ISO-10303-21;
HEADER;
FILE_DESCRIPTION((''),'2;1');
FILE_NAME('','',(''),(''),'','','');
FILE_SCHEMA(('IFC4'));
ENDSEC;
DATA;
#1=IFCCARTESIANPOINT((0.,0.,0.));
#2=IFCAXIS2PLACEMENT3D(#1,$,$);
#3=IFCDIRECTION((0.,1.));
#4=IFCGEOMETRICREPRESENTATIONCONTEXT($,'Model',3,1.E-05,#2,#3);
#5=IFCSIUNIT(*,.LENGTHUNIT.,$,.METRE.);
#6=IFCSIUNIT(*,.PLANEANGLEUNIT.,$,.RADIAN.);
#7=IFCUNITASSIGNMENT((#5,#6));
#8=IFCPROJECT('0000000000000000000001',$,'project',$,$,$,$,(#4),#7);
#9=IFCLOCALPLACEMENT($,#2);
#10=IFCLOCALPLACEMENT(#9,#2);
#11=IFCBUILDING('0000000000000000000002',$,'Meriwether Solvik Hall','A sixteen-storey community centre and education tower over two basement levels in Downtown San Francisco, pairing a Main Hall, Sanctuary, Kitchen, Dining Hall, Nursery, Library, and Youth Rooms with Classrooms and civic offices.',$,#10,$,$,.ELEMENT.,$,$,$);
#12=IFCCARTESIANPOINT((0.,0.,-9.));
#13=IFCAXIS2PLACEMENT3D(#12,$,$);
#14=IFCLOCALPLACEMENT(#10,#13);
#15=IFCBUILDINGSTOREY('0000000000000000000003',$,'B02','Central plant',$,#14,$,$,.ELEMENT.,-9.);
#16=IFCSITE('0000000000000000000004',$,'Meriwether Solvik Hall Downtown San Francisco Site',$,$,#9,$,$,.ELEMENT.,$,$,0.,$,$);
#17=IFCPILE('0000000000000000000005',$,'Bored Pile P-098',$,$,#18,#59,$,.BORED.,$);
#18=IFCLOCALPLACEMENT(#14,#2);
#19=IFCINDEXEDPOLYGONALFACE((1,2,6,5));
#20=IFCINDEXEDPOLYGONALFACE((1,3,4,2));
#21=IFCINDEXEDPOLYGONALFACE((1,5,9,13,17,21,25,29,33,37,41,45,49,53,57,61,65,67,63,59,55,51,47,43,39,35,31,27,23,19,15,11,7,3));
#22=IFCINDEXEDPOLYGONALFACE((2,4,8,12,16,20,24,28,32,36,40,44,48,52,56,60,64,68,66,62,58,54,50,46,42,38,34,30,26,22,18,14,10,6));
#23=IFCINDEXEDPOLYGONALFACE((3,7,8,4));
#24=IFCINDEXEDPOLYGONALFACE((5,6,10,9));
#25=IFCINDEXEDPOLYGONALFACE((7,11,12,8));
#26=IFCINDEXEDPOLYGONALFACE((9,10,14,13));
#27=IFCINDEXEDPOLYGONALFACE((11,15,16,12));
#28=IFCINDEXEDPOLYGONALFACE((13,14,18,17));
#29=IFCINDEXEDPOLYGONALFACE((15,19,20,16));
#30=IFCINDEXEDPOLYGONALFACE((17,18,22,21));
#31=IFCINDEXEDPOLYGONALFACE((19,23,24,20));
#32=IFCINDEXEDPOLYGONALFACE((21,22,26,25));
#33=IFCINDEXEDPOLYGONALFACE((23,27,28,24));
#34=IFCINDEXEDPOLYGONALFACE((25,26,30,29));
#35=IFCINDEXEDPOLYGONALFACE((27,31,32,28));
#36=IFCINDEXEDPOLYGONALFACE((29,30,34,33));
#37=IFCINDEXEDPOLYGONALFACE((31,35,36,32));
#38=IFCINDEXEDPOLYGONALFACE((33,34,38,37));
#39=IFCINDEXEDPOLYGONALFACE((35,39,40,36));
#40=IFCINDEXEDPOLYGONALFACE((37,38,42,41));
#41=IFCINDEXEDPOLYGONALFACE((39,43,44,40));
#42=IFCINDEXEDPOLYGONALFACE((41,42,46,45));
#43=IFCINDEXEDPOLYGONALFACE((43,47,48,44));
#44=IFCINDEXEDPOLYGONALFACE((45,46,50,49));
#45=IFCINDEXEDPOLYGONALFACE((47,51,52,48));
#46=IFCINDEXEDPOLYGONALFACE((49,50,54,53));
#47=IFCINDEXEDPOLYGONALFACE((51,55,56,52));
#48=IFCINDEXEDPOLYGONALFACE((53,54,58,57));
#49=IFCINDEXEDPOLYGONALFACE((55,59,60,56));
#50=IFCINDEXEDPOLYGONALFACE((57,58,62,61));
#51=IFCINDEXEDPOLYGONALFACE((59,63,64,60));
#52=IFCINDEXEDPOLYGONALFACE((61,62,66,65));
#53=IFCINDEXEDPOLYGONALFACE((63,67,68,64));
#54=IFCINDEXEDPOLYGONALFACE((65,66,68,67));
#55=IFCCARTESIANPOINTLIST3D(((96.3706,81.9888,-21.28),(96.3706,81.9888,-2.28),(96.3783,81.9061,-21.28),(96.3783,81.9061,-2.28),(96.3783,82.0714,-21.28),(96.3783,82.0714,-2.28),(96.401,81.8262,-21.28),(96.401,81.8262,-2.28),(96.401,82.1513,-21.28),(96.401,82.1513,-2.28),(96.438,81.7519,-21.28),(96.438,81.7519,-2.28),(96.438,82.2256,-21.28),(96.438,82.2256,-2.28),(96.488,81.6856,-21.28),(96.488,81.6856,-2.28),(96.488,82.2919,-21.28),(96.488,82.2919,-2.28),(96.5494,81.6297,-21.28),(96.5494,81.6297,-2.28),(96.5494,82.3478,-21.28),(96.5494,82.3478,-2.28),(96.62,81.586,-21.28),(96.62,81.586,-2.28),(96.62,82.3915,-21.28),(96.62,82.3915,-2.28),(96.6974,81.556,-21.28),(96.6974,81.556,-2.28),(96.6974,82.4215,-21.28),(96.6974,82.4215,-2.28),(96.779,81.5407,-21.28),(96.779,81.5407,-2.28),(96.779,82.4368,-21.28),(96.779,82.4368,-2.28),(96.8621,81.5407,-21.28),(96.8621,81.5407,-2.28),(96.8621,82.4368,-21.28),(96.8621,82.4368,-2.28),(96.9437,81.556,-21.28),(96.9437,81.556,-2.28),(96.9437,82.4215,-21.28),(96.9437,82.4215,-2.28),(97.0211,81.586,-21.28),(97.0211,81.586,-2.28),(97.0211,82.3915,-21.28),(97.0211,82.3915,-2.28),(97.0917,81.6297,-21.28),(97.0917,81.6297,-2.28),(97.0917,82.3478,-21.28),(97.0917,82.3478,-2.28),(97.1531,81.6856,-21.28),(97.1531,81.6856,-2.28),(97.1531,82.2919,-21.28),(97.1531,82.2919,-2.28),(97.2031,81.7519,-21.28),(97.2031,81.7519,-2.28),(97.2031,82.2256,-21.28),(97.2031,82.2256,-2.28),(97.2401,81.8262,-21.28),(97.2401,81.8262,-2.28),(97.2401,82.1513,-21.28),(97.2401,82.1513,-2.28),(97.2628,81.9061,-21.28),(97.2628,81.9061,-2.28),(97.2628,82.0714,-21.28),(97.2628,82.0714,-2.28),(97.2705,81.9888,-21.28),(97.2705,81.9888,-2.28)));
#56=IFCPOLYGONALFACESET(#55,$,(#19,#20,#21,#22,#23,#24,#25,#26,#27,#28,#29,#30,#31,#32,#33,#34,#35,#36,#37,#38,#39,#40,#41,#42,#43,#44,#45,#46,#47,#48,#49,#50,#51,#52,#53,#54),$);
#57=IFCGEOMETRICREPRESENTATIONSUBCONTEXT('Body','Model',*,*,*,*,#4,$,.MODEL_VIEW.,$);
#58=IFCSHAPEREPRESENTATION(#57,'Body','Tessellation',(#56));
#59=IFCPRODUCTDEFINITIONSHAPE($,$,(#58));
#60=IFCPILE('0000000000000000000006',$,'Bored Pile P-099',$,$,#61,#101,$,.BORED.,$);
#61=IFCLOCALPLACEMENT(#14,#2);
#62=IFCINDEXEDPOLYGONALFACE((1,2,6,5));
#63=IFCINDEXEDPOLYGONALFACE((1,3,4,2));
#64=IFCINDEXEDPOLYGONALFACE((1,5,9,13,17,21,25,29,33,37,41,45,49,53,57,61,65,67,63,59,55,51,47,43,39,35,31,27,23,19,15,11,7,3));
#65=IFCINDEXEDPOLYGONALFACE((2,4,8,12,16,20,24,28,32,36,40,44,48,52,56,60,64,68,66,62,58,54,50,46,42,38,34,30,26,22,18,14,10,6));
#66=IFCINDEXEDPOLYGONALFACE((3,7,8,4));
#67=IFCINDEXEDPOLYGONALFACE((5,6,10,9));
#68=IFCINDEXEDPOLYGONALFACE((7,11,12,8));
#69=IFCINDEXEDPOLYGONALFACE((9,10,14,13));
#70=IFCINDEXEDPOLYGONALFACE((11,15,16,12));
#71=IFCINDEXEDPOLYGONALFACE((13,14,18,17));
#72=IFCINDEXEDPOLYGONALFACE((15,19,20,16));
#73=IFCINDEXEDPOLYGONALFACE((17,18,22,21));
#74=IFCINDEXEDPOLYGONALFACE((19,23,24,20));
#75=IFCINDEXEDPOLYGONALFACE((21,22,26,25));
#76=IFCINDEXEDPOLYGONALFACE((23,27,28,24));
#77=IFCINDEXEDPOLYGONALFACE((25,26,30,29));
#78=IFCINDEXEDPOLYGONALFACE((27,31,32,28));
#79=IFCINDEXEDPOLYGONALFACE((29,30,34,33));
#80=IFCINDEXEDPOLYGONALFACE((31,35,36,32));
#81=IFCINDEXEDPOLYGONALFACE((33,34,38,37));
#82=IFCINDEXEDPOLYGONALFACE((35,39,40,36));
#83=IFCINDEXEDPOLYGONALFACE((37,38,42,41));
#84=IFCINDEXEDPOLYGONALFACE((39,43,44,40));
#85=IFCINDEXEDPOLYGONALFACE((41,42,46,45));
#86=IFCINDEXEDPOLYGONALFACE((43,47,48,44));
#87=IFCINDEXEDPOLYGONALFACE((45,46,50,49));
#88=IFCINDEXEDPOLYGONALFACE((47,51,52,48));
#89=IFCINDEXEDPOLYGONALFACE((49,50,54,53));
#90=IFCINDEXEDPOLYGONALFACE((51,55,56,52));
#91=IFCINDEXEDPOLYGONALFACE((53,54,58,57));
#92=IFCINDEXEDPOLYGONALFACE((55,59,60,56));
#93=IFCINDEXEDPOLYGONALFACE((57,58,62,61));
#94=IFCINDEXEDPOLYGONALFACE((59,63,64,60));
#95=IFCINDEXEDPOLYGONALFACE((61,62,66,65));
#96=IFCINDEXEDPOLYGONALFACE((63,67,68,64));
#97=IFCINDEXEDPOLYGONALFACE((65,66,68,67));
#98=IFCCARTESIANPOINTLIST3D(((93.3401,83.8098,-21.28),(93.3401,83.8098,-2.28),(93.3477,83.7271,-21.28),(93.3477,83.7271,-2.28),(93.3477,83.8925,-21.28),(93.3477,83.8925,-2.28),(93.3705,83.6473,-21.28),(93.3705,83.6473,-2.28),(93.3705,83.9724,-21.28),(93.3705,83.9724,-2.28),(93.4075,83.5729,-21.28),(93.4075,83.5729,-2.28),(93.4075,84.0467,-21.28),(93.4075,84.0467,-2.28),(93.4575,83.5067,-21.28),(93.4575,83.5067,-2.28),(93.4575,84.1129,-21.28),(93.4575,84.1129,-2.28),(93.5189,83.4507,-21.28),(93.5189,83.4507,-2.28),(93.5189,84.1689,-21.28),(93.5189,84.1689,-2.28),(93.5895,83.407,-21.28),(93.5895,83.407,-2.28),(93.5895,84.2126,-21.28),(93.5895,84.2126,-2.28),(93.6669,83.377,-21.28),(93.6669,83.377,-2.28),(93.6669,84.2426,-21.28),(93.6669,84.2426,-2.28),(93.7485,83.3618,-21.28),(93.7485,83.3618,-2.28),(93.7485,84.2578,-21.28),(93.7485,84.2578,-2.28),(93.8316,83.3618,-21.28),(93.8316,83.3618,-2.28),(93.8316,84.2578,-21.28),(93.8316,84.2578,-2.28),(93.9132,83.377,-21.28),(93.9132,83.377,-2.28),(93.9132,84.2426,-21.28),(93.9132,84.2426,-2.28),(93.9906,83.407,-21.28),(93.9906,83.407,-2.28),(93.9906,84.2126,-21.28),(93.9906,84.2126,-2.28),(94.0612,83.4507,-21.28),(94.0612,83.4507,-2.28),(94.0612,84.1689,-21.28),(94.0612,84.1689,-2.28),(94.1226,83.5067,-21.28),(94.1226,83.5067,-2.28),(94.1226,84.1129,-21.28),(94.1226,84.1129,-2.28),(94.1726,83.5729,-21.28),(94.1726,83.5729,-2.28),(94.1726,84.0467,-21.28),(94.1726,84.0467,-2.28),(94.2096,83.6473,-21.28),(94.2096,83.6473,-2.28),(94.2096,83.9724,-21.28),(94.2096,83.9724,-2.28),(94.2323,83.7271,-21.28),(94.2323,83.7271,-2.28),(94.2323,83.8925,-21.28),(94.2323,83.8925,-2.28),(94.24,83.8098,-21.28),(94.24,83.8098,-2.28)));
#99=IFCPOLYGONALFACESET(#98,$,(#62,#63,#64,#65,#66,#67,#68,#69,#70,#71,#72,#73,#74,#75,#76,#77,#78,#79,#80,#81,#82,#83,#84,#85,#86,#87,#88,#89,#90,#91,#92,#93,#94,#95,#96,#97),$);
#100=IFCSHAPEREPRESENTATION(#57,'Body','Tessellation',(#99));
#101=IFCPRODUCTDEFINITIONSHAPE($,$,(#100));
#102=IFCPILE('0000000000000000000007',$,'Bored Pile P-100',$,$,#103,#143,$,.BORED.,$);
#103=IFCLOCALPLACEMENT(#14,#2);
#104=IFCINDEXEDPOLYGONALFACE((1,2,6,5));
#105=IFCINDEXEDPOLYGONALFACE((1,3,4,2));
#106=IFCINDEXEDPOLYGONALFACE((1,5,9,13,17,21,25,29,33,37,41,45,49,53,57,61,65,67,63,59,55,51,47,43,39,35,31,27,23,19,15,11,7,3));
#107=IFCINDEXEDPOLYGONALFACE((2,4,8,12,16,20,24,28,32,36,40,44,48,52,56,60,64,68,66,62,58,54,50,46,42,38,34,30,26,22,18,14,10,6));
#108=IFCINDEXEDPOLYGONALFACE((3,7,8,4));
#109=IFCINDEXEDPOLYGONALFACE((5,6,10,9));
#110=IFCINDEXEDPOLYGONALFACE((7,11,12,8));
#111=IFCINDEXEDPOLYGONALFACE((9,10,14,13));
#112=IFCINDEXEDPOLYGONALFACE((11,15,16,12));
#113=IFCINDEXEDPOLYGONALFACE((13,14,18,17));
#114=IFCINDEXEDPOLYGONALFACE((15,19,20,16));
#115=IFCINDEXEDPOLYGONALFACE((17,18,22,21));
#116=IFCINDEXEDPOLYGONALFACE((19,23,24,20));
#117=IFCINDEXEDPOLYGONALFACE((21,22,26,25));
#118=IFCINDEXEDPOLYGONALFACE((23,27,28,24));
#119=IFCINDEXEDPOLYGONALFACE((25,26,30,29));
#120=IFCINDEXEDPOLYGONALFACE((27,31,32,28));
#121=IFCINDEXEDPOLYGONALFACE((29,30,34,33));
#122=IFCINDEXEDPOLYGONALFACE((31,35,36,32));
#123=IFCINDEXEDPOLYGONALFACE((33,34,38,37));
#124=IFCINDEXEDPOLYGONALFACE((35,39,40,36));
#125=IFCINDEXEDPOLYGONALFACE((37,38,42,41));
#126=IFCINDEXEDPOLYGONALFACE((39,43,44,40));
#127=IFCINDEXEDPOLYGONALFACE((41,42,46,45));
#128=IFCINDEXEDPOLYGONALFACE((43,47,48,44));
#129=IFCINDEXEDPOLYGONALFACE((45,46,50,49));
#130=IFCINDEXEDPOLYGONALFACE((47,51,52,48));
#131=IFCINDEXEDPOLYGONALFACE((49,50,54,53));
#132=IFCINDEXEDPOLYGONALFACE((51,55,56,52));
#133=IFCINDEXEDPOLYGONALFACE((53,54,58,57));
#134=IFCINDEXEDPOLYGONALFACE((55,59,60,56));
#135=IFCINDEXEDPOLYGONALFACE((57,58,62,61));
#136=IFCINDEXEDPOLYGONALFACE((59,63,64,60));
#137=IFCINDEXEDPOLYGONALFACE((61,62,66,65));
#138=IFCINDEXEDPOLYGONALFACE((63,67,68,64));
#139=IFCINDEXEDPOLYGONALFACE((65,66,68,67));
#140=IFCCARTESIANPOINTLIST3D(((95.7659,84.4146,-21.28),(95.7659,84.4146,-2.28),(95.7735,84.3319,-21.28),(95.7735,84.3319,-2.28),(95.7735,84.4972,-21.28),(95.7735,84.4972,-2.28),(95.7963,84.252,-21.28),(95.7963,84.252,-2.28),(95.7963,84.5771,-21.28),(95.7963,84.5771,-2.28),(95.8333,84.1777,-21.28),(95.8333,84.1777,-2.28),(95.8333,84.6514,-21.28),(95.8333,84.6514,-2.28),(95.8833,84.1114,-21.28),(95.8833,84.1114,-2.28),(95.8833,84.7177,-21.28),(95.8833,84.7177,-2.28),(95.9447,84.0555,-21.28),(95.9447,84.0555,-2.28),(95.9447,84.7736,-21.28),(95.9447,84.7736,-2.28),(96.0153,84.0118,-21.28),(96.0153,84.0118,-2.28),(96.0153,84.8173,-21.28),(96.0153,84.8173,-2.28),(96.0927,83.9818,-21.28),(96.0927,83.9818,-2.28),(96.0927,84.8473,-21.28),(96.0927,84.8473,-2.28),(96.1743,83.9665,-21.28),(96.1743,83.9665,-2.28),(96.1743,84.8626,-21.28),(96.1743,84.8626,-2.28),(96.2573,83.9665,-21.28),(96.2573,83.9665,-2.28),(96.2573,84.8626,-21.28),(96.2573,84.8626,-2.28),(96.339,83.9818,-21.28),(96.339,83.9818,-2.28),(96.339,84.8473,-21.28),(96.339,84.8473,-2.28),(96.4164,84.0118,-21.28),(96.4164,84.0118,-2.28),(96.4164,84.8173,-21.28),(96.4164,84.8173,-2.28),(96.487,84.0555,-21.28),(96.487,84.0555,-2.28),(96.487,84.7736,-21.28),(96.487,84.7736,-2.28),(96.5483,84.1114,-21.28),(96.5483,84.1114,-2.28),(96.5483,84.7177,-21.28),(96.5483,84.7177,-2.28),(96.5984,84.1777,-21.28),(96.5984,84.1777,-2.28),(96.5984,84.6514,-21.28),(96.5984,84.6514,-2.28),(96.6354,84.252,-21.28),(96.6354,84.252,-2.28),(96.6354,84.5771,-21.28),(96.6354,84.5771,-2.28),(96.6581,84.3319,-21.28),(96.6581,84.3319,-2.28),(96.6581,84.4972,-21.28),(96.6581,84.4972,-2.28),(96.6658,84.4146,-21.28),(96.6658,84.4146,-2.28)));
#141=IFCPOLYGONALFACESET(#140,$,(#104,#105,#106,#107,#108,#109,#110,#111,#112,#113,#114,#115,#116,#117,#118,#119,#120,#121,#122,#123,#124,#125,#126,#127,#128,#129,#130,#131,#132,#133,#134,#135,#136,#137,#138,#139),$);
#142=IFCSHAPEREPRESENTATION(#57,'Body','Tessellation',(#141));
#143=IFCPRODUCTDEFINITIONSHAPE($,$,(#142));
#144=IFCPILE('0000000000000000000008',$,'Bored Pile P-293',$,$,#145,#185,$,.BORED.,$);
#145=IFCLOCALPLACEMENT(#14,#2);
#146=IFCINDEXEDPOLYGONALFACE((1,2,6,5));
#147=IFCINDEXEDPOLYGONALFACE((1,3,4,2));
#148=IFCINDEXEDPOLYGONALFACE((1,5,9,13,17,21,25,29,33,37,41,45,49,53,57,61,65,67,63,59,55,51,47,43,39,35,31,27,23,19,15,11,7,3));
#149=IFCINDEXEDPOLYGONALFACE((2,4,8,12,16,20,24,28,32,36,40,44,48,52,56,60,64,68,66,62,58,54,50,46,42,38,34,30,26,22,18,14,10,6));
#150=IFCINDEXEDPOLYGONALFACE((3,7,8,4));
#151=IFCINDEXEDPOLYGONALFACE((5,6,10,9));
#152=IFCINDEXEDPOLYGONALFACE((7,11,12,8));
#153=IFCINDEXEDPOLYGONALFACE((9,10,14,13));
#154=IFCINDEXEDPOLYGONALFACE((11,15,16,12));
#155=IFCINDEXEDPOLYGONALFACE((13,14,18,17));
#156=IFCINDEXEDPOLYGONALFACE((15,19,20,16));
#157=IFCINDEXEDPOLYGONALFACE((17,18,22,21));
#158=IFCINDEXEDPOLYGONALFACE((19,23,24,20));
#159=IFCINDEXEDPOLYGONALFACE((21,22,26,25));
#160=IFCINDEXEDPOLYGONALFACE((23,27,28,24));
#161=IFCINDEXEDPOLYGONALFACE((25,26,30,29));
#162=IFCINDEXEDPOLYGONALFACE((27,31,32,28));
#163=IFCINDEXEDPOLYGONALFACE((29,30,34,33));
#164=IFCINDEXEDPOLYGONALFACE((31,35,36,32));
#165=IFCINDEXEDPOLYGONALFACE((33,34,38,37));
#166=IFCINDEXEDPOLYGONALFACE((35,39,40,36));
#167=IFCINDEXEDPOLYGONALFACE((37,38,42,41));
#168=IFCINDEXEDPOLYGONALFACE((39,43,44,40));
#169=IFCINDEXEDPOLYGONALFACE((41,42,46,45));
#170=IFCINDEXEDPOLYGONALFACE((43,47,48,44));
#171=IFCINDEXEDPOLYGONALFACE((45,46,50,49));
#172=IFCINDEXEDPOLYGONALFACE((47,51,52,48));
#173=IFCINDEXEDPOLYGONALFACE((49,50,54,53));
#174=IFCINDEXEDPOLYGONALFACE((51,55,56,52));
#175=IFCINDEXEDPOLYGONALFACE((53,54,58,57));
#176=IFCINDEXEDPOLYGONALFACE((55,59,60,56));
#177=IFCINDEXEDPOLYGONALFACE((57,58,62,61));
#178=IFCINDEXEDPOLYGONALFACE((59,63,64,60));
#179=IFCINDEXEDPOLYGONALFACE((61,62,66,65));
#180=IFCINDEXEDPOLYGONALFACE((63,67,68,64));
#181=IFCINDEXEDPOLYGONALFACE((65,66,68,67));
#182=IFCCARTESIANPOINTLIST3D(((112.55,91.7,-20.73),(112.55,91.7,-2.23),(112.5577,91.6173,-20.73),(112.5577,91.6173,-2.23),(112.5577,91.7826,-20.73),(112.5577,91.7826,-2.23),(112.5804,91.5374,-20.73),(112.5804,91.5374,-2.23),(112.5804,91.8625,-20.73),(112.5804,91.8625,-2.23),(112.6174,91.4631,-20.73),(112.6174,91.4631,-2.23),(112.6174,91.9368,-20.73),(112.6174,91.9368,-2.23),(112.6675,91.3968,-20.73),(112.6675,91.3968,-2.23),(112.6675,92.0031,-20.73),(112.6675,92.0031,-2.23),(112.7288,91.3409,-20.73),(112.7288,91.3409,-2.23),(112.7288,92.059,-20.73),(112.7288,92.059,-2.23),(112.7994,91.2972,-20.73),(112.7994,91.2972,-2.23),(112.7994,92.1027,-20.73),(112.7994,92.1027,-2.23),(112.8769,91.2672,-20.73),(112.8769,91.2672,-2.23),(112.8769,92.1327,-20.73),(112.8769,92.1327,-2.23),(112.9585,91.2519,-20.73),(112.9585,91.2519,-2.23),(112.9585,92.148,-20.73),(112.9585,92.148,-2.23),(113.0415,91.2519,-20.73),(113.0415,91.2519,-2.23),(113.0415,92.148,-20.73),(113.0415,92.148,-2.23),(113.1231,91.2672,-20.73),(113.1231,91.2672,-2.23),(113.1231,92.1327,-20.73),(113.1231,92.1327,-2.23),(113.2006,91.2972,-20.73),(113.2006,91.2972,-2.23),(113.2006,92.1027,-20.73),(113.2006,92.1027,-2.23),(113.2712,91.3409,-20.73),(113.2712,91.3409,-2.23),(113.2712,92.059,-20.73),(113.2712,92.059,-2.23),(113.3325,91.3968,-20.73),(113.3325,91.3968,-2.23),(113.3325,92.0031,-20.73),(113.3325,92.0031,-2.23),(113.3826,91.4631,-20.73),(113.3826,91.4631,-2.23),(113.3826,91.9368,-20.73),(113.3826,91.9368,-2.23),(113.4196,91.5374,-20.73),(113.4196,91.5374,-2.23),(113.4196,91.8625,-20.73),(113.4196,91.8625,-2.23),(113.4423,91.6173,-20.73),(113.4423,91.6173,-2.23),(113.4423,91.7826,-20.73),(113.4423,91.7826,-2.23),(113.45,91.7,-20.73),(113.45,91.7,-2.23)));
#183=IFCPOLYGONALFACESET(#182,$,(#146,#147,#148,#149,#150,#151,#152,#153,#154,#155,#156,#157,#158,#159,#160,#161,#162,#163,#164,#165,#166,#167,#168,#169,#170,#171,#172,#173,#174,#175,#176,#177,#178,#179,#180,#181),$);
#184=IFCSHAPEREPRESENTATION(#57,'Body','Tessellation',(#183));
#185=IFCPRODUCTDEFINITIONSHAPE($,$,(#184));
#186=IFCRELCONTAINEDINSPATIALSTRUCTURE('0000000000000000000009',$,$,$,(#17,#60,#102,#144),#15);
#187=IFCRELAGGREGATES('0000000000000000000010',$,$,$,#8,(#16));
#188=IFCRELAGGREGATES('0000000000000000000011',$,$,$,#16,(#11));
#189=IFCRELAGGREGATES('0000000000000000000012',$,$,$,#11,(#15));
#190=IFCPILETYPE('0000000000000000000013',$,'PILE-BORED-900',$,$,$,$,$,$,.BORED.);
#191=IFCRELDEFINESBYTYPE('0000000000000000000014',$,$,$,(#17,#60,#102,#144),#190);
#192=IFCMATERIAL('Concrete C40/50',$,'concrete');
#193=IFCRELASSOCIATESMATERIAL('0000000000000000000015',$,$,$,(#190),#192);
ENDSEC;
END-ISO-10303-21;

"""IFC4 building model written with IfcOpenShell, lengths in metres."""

from ifc_helpers import new_model, si_unit, direction, frame, origin, origin_2d, place, context, subcontext, project, spatial, circle, extrude, material, material_profile, profile_set, type_object, element, save


model = new_model("IFC4")

# Units and contexts
model_context = context("Model", 3, precision=1e-05, world=origin(), true_north=direction((0.0, 1.0)))
body_context = subcontext(model_context, "Body", "Model", "MODEL_VIEW")
ifc_project = project(units=[si_unit("LENGTHUNIT", "METRE"), si_unit("PLANEANGLEUNIT", "RADIAN")], contexts=[model_context])

# Site, building, storey
site_placement = place(None, origin())
site = spatial("IfcSite", under=ifc_project, at=site_placement, Name="Meriwether Solvik Hall Downtown San Francisco Site", CompositionType="ELEMENT", RefElevation=0.0)
building_placement = place(site_placement, origin())
building = spatial("IfcBuilding", under=site, at=building_placement, Name="Meriwether Solvik Hall", Description="A sixteen-storey community centre and education tower over two basement levels in Downtown San Francisco, pairing a Main Hall, Sanctuary, Kitchen, Dining Hall, Nursery, Library, and Youth Rooms with Classrooms and civic offices.", CompositionType="ELEMENT")
storey_placement = place(building_placement, frame((0.0, 0.0, -9.0)))
storey = spatial("IfcBuildingStorey", under=building, at=storey_placement, Name="B02", Description="Central plant", CompositionType="ELEMENT", Elevation=-9.0)

# Piles
ifc_material_1 = material(Name="Concrete C40/50", Category="concrete")
ifc_material_profile_1 = material_profile(ifc_material_1, circle(Radius=0.45, at=origin_2d()), Name="PILE-D900")
ifc_profile_set_1 = profile_set([ifc_material_profile_1], Name="Concrete C40/50")
pile_type_1 = type_object("IfcPileType", Name="PILE-BORED-900", PredefinedType="BORED", material=ifc_profile_set_1)
for number, where, z_axis, x_axis, name in (
    (1, (96.8206, 81.9888, -2.28), (0.0, 0.0, -1.0), (1.0, 0.0, 0.0), "Bored Pile P-098"),
    (2, (93.79, 83.8098, -2.28), (0.0, 0.0, -1.0), (1.0, 0.0, 0.0), "Bored Pile P-099"),
    (3, (96.2158, 84.4146, -2.28), (0.0, 0.0, -1.0), (1.0, 0.0, 0.0), "Bored Pile P-100"),
):
    element("IfcPile", number, at=place(storey_placement, frame(where, z_axis=z_axis, x_axis=x_axis)), inside=storey, type_object=pile_type_1, Name=name, PredefinedType="BORED", context=body_context, shape_type="SweptSolid", body=[
        extrude(circle(Radius=0.45, at=origin_2d()), origin(), (0.0, 0.0, 1.0), 19.0),
    ])
for number, where, z_axis, x_axis, name in (
    (4, (113.0, 91.7, -2.23), (0.0, 0.0, -1.0), (1.0, 0.0, 0.0), "Bored Pile P-293"),
):
    element("IfcPile", number, at=place(storey_placement, frame(where, z_axis=z_axis, x_axis=x_axis)), inside=storey, type_object=pile_type_1, Name=name, PredefinedType="BORED", context=body_context, shape_type="SweptSolid", body=[
        extrude(circle(Radius=0.45, at=origin_2d()), origin(), (0.0, 0.0, 1.0), 18.5),
    ])

save(model, "model.ifc")
